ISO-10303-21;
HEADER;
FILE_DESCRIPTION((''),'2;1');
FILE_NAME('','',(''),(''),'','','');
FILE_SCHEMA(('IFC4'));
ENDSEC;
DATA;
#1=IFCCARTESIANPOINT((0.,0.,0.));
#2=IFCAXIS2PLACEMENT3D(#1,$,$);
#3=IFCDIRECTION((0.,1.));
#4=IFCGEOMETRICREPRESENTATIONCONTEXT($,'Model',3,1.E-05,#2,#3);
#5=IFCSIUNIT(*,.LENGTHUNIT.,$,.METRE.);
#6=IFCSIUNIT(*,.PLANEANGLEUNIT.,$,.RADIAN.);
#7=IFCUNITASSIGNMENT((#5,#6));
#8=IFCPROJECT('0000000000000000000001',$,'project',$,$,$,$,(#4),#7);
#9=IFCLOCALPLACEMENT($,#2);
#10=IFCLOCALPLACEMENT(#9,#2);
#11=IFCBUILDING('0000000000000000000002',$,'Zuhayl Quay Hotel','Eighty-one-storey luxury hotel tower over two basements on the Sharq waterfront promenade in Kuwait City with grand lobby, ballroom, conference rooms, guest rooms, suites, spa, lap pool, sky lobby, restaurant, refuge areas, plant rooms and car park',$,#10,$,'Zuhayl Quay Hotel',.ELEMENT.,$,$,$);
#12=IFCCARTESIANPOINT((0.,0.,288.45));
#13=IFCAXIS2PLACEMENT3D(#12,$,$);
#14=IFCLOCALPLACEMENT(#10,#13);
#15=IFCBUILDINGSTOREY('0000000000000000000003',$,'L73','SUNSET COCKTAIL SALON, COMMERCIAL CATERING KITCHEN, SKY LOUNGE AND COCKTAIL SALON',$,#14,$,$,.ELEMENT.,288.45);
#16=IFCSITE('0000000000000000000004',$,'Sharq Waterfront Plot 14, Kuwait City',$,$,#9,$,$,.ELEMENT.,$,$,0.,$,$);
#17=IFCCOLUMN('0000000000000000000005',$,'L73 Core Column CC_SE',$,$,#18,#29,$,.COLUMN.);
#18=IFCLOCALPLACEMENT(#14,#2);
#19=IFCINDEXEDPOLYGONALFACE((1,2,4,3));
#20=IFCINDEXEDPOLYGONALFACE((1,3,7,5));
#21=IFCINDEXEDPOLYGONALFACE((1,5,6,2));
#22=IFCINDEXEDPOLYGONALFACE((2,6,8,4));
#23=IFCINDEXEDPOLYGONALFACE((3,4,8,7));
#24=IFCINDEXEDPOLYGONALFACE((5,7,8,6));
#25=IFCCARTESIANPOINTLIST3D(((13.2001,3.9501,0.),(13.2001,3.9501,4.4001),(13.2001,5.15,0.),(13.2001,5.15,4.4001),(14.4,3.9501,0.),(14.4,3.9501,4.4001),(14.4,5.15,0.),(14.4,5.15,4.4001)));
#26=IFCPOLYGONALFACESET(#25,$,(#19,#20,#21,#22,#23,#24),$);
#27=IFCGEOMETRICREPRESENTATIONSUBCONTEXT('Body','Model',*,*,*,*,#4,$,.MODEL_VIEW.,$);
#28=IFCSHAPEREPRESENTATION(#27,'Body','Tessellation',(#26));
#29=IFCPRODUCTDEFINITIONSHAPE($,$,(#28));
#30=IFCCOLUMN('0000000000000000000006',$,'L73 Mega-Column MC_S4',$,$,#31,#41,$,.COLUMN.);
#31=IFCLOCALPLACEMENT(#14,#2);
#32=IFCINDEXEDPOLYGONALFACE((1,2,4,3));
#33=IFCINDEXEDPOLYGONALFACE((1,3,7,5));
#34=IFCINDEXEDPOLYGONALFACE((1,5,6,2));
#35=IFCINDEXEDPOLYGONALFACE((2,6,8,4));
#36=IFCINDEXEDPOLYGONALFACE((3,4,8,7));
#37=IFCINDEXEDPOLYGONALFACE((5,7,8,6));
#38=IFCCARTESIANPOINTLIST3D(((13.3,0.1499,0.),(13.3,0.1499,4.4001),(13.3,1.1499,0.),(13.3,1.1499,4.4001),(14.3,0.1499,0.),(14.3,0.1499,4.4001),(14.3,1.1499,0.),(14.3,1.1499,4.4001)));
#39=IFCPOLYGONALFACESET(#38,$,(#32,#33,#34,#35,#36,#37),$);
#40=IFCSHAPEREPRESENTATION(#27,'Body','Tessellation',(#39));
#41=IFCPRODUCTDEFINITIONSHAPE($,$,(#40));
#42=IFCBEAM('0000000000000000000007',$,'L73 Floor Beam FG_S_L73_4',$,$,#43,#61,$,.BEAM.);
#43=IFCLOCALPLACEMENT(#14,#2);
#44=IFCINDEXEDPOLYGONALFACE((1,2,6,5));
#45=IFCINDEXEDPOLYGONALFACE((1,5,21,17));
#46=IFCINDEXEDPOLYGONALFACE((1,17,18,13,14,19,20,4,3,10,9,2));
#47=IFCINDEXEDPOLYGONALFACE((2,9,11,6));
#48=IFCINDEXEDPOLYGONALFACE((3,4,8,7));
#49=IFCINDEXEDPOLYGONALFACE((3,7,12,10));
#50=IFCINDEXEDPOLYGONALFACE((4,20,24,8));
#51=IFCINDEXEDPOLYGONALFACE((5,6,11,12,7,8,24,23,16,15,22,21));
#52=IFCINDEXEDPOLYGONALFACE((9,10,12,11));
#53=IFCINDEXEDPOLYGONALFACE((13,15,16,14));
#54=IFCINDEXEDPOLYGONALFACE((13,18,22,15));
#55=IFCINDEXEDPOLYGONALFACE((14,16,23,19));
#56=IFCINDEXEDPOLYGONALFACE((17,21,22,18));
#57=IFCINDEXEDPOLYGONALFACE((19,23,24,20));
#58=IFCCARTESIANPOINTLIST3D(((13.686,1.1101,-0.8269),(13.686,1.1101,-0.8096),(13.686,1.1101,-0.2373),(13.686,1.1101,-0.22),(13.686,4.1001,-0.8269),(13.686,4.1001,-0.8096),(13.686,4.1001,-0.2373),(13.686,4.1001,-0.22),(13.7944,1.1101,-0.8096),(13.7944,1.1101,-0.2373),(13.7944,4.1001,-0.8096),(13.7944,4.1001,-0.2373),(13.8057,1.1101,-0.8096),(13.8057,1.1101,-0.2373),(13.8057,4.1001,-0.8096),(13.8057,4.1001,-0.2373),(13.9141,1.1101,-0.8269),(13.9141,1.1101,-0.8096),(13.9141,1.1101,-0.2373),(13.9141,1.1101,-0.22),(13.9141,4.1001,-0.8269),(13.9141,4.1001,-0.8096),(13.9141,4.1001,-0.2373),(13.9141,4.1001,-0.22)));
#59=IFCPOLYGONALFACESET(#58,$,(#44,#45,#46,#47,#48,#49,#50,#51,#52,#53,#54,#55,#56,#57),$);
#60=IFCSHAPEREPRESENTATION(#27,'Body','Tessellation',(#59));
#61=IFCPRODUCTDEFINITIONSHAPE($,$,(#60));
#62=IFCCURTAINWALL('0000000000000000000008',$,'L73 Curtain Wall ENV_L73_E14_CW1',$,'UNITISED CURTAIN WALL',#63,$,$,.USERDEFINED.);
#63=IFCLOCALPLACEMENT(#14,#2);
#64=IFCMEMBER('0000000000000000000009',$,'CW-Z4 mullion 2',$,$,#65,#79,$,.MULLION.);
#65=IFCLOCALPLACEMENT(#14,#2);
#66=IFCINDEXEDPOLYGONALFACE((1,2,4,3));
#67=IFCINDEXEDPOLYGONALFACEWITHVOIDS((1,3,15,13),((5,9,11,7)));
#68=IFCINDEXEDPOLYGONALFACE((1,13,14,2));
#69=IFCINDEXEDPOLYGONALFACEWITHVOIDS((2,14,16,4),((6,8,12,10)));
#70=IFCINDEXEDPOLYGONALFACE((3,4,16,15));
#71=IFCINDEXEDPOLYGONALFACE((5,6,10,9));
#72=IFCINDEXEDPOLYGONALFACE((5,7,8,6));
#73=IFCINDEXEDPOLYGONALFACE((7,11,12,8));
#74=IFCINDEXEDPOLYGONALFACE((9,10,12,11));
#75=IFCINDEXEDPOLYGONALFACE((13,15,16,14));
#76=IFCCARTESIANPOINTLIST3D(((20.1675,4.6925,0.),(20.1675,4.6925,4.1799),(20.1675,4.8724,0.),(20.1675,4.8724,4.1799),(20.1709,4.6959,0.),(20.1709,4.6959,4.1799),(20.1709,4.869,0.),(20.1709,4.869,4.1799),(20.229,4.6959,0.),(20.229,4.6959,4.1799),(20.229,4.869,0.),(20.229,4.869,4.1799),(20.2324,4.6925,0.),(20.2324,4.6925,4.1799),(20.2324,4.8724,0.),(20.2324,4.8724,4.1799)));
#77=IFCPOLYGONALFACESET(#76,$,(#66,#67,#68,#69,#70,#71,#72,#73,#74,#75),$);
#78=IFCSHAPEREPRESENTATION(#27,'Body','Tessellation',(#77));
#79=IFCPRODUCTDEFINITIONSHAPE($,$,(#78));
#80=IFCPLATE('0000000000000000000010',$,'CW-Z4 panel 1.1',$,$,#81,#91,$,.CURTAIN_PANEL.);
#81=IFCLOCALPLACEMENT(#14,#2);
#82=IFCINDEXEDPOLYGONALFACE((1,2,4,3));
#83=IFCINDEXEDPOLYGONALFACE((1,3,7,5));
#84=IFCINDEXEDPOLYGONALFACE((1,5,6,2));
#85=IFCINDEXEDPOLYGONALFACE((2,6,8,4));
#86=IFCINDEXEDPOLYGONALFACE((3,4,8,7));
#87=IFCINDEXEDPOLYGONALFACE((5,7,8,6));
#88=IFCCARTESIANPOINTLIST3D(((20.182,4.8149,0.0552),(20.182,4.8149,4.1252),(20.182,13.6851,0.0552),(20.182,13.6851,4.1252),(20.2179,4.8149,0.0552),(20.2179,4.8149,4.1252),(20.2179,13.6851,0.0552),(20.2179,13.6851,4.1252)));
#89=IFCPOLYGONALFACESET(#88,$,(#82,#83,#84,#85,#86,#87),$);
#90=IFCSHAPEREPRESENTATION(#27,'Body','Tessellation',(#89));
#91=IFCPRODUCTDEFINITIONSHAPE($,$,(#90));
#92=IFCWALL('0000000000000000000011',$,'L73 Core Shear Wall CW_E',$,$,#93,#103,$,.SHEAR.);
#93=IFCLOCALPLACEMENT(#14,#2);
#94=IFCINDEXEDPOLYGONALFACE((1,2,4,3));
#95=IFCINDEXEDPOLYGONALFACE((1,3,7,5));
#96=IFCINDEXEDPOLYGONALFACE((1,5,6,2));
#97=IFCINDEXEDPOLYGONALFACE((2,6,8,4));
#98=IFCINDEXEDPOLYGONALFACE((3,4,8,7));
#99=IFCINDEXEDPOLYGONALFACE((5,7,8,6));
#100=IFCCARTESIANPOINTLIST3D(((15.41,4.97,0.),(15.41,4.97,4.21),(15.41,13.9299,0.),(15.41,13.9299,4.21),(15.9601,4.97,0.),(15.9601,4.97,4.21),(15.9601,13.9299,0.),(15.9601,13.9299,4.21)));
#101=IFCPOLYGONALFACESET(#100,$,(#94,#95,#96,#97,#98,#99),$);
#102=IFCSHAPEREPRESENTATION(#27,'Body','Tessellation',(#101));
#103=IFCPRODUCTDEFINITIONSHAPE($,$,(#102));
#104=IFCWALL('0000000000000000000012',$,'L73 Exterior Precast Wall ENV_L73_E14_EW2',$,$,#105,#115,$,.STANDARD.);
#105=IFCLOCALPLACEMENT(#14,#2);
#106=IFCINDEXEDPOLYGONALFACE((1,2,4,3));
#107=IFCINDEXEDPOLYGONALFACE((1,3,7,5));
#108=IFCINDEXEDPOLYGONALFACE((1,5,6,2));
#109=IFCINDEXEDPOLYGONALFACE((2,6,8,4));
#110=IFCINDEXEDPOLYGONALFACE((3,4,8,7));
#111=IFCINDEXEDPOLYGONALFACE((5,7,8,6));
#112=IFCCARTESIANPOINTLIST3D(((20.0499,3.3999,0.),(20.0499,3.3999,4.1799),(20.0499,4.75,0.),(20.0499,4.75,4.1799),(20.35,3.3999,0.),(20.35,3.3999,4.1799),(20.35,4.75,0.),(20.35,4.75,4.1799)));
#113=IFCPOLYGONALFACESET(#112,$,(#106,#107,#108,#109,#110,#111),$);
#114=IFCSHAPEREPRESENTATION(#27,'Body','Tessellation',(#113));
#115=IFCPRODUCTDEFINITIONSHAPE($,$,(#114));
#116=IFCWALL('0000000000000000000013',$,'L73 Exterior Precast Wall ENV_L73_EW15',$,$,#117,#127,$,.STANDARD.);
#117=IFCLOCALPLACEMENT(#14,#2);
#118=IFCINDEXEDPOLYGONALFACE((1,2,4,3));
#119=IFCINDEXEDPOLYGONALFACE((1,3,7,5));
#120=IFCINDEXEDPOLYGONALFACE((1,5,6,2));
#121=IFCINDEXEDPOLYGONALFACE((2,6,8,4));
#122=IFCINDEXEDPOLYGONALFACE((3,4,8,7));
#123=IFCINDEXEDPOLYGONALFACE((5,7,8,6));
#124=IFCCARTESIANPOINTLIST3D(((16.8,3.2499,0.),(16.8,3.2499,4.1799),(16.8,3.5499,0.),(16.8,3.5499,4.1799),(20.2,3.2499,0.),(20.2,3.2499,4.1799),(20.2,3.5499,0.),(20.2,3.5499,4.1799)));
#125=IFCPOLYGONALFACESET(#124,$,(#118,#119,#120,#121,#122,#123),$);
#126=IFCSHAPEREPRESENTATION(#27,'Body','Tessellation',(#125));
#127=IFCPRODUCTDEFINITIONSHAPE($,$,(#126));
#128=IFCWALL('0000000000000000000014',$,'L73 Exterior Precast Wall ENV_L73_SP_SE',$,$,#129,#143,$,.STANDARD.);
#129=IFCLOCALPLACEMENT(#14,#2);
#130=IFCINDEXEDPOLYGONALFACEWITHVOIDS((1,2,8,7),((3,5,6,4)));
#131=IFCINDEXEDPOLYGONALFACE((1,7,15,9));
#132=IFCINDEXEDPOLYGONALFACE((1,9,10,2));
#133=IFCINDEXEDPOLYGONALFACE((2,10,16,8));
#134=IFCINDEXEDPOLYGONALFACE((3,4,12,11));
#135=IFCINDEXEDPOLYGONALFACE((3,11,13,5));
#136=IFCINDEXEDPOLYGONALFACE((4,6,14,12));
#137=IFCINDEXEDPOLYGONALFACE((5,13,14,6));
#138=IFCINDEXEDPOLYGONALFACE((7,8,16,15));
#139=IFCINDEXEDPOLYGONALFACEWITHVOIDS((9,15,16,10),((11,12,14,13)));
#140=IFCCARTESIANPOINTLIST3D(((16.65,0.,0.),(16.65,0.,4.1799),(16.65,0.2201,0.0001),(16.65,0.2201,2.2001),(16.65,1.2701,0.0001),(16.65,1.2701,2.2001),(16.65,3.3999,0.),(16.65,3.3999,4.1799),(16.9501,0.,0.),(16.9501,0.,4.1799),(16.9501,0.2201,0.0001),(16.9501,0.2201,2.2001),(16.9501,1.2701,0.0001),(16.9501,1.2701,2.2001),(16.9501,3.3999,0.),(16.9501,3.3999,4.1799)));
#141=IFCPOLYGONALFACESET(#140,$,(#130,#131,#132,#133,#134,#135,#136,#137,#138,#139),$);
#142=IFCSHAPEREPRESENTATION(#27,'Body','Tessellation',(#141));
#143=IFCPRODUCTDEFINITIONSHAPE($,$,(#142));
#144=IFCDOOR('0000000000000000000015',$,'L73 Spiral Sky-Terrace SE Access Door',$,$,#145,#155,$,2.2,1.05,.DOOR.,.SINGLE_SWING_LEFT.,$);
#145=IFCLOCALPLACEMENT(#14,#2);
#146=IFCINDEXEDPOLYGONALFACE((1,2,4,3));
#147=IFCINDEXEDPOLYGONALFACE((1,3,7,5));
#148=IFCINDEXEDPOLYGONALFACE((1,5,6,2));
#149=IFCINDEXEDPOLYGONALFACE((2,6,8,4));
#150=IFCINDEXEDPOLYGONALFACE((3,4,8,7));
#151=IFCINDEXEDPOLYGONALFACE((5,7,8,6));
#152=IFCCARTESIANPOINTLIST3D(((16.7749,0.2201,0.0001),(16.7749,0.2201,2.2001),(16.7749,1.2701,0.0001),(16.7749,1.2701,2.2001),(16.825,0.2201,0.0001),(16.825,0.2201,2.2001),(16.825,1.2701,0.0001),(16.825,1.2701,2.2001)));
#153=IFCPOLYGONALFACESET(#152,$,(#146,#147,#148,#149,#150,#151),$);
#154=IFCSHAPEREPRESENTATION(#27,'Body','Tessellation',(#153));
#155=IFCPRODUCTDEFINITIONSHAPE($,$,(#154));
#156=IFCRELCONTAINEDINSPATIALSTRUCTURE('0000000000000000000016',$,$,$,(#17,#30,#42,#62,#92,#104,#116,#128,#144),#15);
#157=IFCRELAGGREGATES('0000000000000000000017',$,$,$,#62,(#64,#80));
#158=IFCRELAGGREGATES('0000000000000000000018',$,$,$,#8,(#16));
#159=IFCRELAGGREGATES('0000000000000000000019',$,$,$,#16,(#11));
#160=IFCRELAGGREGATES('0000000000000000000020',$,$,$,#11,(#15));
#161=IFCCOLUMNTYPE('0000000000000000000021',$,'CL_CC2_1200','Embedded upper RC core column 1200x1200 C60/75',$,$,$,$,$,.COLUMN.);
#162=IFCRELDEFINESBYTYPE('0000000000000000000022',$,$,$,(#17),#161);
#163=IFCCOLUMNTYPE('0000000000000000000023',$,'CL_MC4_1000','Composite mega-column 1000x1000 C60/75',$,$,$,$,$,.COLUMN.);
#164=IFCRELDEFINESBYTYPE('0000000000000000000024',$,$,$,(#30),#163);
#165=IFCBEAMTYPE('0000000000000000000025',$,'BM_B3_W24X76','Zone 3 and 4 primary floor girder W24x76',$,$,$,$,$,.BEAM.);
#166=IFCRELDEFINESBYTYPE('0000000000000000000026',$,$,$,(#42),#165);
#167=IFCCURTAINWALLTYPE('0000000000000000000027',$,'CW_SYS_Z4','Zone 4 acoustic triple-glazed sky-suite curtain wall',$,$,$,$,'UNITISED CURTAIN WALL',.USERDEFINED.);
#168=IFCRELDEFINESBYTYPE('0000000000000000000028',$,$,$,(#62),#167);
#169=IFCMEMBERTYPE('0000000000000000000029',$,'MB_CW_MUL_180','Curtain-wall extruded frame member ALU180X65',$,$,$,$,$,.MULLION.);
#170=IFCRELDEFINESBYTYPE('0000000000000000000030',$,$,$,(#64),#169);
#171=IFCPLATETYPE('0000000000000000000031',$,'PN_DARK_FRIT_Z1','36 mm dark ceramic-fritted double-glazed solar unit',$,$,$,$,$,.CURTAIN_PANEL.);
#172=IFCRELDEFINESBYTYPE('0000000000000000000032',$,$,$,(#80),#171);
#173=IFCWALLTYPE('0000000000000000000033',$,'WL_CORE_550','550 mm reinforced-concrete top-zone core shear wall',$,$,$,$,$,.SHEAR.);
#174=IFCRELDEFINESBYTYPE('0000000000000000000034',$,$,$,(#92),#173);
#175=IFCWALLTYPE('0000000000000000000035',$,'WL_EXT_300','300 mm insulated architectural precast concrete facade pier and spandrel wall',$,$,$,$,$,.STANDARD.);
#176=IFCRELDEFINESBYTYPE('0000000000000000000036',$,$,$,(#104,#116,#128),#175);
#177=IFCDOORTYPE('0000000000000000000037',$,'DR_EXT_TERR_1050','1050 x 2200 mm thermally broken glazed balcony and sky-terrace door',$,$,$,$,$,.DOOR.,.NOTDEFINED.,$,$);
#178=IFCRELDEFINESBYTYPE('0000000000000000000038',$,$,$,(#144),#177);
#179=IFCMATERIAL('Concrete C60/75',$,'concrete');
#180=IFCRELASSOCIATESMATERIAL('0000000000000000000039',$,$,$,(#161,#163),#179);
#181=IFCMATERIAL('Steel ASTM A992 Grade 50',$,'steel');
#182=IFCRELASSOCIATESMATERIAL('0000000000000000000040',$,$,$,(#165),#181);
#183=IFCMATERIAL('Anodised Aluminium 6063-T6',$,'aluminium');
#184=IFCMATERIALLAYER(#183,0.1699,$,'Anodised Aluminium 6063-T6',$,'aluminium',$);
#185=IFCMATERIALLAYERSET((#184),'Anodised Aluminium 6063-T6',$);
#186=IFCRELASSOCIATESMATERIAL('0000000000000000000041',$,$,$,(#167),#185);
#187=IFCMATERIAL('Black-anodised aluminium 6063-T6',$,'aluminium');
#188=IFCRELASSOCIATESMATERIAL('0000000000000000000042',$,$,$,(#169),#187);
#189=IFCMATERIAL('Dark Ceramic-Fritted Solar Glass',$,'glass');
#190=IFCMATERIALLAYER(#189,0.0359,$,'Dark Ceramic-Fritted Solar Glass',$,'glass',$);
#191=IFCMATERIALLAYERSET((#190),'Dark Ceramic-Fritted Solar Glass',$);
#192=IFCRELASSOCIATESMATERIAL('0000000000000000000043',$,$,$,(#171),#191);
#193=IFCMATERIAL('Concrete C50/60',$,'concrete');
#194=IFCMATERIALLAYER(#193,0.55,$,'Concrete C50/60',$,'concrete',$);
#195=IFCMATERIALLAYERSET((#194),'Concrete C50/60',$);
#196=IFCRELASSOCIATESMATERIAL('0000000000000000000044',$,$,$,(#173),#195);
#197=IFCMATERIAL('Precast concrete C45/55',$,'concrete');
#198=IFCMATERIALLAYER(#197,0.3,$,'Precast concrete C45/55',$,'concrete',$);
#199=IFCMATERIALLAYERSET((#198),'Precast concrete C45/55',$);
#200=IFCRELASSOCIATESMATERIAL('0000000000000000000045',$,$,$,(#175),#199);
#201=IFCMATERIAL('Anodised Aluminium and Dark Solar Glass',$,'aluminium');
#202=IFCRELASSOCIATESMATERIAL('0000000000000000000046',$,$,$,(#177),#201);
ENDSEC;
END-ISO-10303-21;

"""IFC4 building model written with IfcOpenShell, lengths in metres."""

from ifc_helpers import new_model, si_unit, direction, frame, frame_2d, origin, origin_2d, place, context, subcontext, project, spatial, rectangle, hollow_rectangle, i_section, extrude, material, layer, layer_set, material_profile, profile_set, type_object, element, fill, aggregate, save


model = new_model("IFC4")

# Units and contexts
model_context = context("Model", 3, precision=1e-05, world=origin(), true_north=direction((0.0, 1.0)))
body_context = subcontext(model_context, "Body", "Model", "MODEL_VIEW")
ifc_project = project(units=[si_unit("LENGTHUNIT", "METRE"), si_unit("PLANEANGLEUNIT", "RADIAN")], contexts=[model_context])

# Site, building, storey
site_placement = place(None, origin())
site = spatial("IfcSite", under=ifc_project, at=site_placement, Name="Sharq Waterfront Plot 14, Kuwait City", CompositionType="ELEMENT", RefElevation=0.0)
building_placement = place(site_placement, origin())
building = spatial("IfcBuilding", under=site, at=building_placement, Name="Zuhayl Quay Hotel", Description="Eighty-one-storey luxury hotel tower over two basements on the Sharq waterfront promenade in Kuwait City with grand lobby, ballroom, conference rooms, guest rooms, suites, spa, lap pool, sky lobby, restaurant, refuge areas, plant rooms and car park", LongName="Zuhayl Quay Hotel", CompositionType="ELEMENT")
storey_placement = place(building_placement, frame((0.0, 0.0, 288.45)))
storey = spatial("IfcBuildingStorey", under=building, at=storey_placement, Name="L73", Description="SUNSET COCKTAIL SALON, COMMERCIAL CATERING KITCHEN, SKY LOUNGE AND COCKTAIL SALON", CompositionType="ELEMENT", Elevation=288.45)

# Columns
ifc_material_1 = material(Name="Concrete C60/75", Category="concrete")
ifc_material_profile_1 = material_profile(ifc_material_1, rectangle(XDim=1.2, YDim=1.2, at=origin_2d()), Name="RC1200X1200")
ifc_profile_set_1 = profile_set([ifc_material_profile_1], Name="Concrete C60/75")
column_type_1 = type_object("IfcColumnType", Name="CL_CC2_1200", Description="Embedded upper RC core column 1200x1200 C60/75", PredefinedType="COLUMN", material=ifc_profile_set_1)
column_1_placement = place(storey_placement, frame((13.8, 4.55, 0.0), z_axis=(0.0, 0.0, 1.0), x_axis=(1.0, 0.0, 0.0)))
element("IfcColumn", 1, at=column_1_placement, inside=storey, type_object=column_type_1, Name="L73 Core Column CC_SE", PredefinedType="COLUMN", context=body_context, shape_type="SweptSolid", body=[
    extrude(rectangle(XDim=1.2, YDim=1.2, at=origin_2d()), origin(), (0.0, 0.0, 1.0), 4.4001),
])
ifc_material_profile_2 = material_profile(ifc_material_1, rectangle(XDim=1.0, YDim=1.0, at=origin_2d()), Name="RC1000X1000")
ifc_profile_set_2 = profile_set([ifc_material_profile_2], Name="Concrete C60/75")
column_type_2 = type_object("IfcColumnType", Name="CL_MC4_1000", Description="Composite mega-column 1000x1000 C60/75", PredefinedType="COLUMN", material=ifc_profile_set_2)
column_2_placement = place(storey_placement, frame((13.8, 0.6499, 0.0), z_axis=(0.0, 0.0, 1.0), x_axis=(1.0, 0.0, 0.0)))
element("IfcColumn", 2, at=column_2_placement, inside=storey, type_object=column_type_2, Name="L73 Mega-Column MC_S4", PredefinedType="COLUMN", context=body_context, shape_type="SweptSolid", body=[
    extrude(rectangle(XDim=1.0, YDim=1.0, at=origin_2d()), origin(), (0.0, 0.0, 1.0), 4.4001),
])

# Beam
ifc_material_2 = material(Name="Steel ASTM A992 Grade 50", Category="steel")
ifc_material_profile_3 = material_profile(ifc_material_2, i_section(OverallWidth=0.228, OverallDepth=0.6069, WebThickness=0.0112, FlangeThickness=0.0173, at=origin_2d()), Name="W24X76")
ifc_profile_set_3 = profile_set([ifc_material_profile_3], Name="Steel ASTM A992 Grade 50")
beam_type = type_object("IfcBeamType", Name="BM_B3_W24X76", Description="Zone 3 and 4 primary floor girder W24x76", PredefinedType="BEAM", material=ifc_profile_set_3)
beam_placement = place(storey_placement, frame((13.8, 1.1101, -0.5234), z_axis=(0.0, 1.0, 0.0), x_axis=(-1.0, 0.0, 0.0)))
element("IfcBeam", 3, at=beam_placement, inside=storey, type_object=beam_type, Name="L73 Floor Beam FG_S_L73_4", PredefinedType="BEAM", context=body_context, shape_type="SweptSolid", body=[
    extrude(i_section(OverallWidth=0.228, OverallDepth=0.6069, WebThickness=0.0112, FlangeThickness=0.0173, at=origin_2d()), origin(), (0.0, 0.0, 1.0), 2.99),
])

# Curtain wall, member, plate
ifc_material_3 = material(Name="Anodised Aluminium 6063-T6", Category="aluminium")
ifc_layer_1 = layer(ifc_material_3, 0.1699, Name="Anodised Aluminium 6063-T6", Category="aluminium")
ifc_layer_set_1 = layer_set([ifc_layer_1], Name="Anodised Aluminium 6063-T6")
curtain_wall_type = type_object("IfcCurtainWallType", Name="CW_SYS_Z4", Description="Zone 4 acoustic triple-glazed sky-suite curtain wall", ElementType="UNITISED CURTAIN WALL", PredefinedType="USERDEFINED", material=ifc_layer_set_1)
curtain_wall_placement = place(storey_placement, origin())
curtain_wall = element("IfcCurtainWall", 4, at=curtain_wall_placement, inside=storey, type_object=curtain_wall_type, Name="L73 Curtain Wall ENV_L73_E14_CW1", ObjectType="UNITISED CURTAIN WALL", PredefinedType="USERDEFINED")
ifc_material_4 = material(Name="Black-anodised aluminium 6063-T6", Category="aluminium")
ifc_material_profile_4 = material_profile(ifc_material_4, hollow_rectangle(XDim=0.0649, YDim=0.1799, WallThickness=0.0034, at=origin_2d()), Name="ALU180X65")
ifc_profile_set_4 = profile_set([ifc_material_profile_4], Name="Black-anodised aluminium 6063-T6")
member_type = type_object("IfcMemberType", Name="MB_CW_MUL_180", Description="Curtain-wall extruded frame member ALU180X65", PredefinedType="MULLION", material=ifc_profile_set_4)
member_placement = place(storey_placement, frame((20.2, 4.7825, 0.0), z_axis=(0.0, 0.0, 1.0), x_axis=(1.0, 0.0, 0.0)))
member = element("IfcMember", 5, at=member_placement, type_object=member_type, Name="CW-Z4 mullion 2", PredefinedType="MULLION", context=body_context, shape_type="SweptSolid", body=[
    extrude(hollow_rectangle(XDim=0.0649, YDim=0.1799, WallThickness=0.0034, at=origin_2d()), origin(), (0.0, 0.0, 1.0), 4.1799),
])
ifc_material_5 = material(Name="Dark Ceramic-Fritted Solar Glass", Category="glass")
ifc_layer_2 = layer(ifc_material_5, 0.0359, Name="Dark Ceramic-Fritted Solar Glass", Category="glass")
ifc_layer_set_2 = layer_set([ifc_layer_2], Name="Dark Ceramic-Fritted Solar Glass")
plate_type = type_object("IfcPlateType", Name="PN_DARK_FRIT_Z1", Description="36 mm dark ceramic-fritted double-glazed solar unit", PredefinedType="CURTAIN_PANEL", material=ifc_layer_set_2)
plate_placement = place(storey_placement, frame((20.2, 9.25, 0.0552), z_axis=(0.0, 0.0, 1.0), x_axis=(0.0, -1.0, 0.0)))
plate = element("IfcPlate", 6, at=plate_placement, type_object=plate_type, Name="CW-Z4 panel 1.1", PredefinedType="CURTAIN_PANEL", context=body_context, shape_type="SweptSolid", body=[
    extrude(rectangle(XDim=8.8701, YDim=0.0359, at=origin_2d()), origin(), (0.0, 0.0, 1.0), 4.0701),
])
aggregate(curtain_wall, [member, plate])

# Walls
ifc_material_6 = material(Name="Concrete C50/60", Category="concrete")
ifc_layer_3 = layer(ifc_material_6, 0.55, Name="Concrete C50/60", Category="concrete")
ifc_layer_set_3 = layer_set([ifc_layer_3], Name="Concrete C50/60")
wall_type_1 = type_object("IfcWallType", Name="WL_CORE_550", Description="550 mm reinforced-concrete top-zone core shear wall", PredefinedType="SHEAR", material=ifc_layer_set_3)
wall_1_placement = place(storey_placement, frame((15.6851, 4.97, 0.0), z_axis=(0.0, 0.0, 1.0), x_axis=(0.0, 1.0, 0.0)))
element("IfcWall", 7, at=wall_1_placement, inside=storey, type_object=wall_type_1, Name="L73 Core Shear Wall CW_E", PredefinedType="SHEAR", context=body_context, shape_type="SweptSolid", body=[
    extrude(rectangle(XDim=8.96, YDim=0.55, at=frame_2d((4.48, 0.0))), origin(), (0.0, 0.0, 1.0), 4.21),
])
ifc_material_7 = material(Name="Precast concrete C45/55", Category="concrete")
ifc_layer_4 = layer(ifc_material_7, 0.3, Name="Precast concrete C45/55", Category="concrete")
ifc_layer_set_4 = layer_set([ifc_layer_4], Name="Precast concrete C45/55")
wall_type_2 = type_object("IfcWallType", Name="WL_EXT_300", Description="300 mm insulated architectural precast concrete facade pier and spandrel wall", PredefinedType="STANDARD", material=ifc_layer_set_4)
wall_2_placement = place(storey_placement, frame((20.2, 4.75, 0.0), z_axis=(0.0, 0.0, 1.0), x_axis=(0.0, -1.0, 0.0)))
element("IfcWall", 8, at=wall_2_placement, inside=storey, type_object=wall_type_2, Name="L73 Exterior Precast Wall ENV_L73_E14_EW2", PredefinedType="STANDARD", context=body_context, shape_type="SweptSolid", body=[
    extrude(rectangle(XDim=1.3501, YDim=0.3, at=frame_2d((0.675, 0.0))), origin(), (0.0, 0.0, 1.0), 4.1799),
])
wall_3_placement = place(storey_placement, frame((20.2, 3.3999, 0.0), z_axis=(0.0, 0.0, 1.0), x_axis=(-1.0, 0.0, 0.0)))
element("IfcWall", 9, at=wall_3_placement, inside=storey, type_object=wall_type_2, Name="L73 Exterior Precast Wall ENV_L73_EW15", PredefinedType="STANDARD", context=body_context, shape_type="SweptSolid", body=[
    extrude(rectangle(XDim=3.3999, YDim=0.3, at=frame_2d((1.7, 0.0))), origin(), (0.0, 0.0, 1.0), 4.1799),
])

# Wall, opening, door
wall_4_placement = place(storey_placement, frame((16.8, 3.3999, 0.0), z_axis=(0.0, 0.0, 1.0), x_axis=(0.0, -1.0, 0.0)))
wall_4 = element("IfcWall", 10, at=wall_4_placement, inside=storey, type_object=wall_type_2, Name="L73 Exterior Precast Wall ENV_L73_SP_SE", PredefinedType="STANDARD", context=body_context, shape_type="SweptSolid", body=[
    extrude(rectangle(XDim=3.3999, YDim=0.3, at=frame_2d((1.7, 0.0))), origin(), (0.0, 0.0, 1.0), 4.1799),
])
opening_1_placement = place(wall_4_placement, frame((2.1299, 0.0, 0.0)))
opening_1 = element("IfcOpeningElement", 11, at=opening_1_placement, cuts=wall_4, PredefinedType="OPENING", context=body_context, shape_type="SweptSolid", body=[
    extrude(rectangle(XDim=1.05, YDim=2.2, at=frame_2d((0.5249, 1.1001))), frame((0.0, 0.1599, 0.0), z_axis=(0.0, -1.0, 0.0), x_axis=(1.0, 0.0, 0.0)), (0.0, 0.0, 1.0), 0.3201),
])
ifc_material_8 = material(Name="Anodised Aluminium and Dark Solar Glass", Category="aluminium")
door_type_1 = type_object("IfcDoorType", Name="DR_EXT_TERR_1050", Description="1050 x 2200 mm thermally broken glazed balcony and sky-terrace door", OperationType="NOTDEFINED", PredefinedType="DOOR", material=ifc_material_8)
door_1_placement = place(opening_1_placement, origin())
door_1 = element("IfcDoor", 12, at=door_1_placement, inside=storey, type_object=door_type_1, Name="L73 Spiral Sky-Terrace SE Access Door", OperationType="SINGLE_SWING_LEFT", OverallHeight=2.2, OverallWidth=1.05, PredefinedType="DOOR", context=body_context, shape_type="SweptSolid", body=[
    extrude(rectangle(XDim=1.05, YDim=2.2, at=frame_2d((0.5249, 1.1001))), frame((0.0, 0.0249, 0.0), z_axis=(0.0, -1.0, 0.0), x_axis=(1.0, 0.0, 0.0)), (0.0, 0.0, 1.0), 0.05),
])
fill(opening_1, door_1)

save(model, "model.ifc")
